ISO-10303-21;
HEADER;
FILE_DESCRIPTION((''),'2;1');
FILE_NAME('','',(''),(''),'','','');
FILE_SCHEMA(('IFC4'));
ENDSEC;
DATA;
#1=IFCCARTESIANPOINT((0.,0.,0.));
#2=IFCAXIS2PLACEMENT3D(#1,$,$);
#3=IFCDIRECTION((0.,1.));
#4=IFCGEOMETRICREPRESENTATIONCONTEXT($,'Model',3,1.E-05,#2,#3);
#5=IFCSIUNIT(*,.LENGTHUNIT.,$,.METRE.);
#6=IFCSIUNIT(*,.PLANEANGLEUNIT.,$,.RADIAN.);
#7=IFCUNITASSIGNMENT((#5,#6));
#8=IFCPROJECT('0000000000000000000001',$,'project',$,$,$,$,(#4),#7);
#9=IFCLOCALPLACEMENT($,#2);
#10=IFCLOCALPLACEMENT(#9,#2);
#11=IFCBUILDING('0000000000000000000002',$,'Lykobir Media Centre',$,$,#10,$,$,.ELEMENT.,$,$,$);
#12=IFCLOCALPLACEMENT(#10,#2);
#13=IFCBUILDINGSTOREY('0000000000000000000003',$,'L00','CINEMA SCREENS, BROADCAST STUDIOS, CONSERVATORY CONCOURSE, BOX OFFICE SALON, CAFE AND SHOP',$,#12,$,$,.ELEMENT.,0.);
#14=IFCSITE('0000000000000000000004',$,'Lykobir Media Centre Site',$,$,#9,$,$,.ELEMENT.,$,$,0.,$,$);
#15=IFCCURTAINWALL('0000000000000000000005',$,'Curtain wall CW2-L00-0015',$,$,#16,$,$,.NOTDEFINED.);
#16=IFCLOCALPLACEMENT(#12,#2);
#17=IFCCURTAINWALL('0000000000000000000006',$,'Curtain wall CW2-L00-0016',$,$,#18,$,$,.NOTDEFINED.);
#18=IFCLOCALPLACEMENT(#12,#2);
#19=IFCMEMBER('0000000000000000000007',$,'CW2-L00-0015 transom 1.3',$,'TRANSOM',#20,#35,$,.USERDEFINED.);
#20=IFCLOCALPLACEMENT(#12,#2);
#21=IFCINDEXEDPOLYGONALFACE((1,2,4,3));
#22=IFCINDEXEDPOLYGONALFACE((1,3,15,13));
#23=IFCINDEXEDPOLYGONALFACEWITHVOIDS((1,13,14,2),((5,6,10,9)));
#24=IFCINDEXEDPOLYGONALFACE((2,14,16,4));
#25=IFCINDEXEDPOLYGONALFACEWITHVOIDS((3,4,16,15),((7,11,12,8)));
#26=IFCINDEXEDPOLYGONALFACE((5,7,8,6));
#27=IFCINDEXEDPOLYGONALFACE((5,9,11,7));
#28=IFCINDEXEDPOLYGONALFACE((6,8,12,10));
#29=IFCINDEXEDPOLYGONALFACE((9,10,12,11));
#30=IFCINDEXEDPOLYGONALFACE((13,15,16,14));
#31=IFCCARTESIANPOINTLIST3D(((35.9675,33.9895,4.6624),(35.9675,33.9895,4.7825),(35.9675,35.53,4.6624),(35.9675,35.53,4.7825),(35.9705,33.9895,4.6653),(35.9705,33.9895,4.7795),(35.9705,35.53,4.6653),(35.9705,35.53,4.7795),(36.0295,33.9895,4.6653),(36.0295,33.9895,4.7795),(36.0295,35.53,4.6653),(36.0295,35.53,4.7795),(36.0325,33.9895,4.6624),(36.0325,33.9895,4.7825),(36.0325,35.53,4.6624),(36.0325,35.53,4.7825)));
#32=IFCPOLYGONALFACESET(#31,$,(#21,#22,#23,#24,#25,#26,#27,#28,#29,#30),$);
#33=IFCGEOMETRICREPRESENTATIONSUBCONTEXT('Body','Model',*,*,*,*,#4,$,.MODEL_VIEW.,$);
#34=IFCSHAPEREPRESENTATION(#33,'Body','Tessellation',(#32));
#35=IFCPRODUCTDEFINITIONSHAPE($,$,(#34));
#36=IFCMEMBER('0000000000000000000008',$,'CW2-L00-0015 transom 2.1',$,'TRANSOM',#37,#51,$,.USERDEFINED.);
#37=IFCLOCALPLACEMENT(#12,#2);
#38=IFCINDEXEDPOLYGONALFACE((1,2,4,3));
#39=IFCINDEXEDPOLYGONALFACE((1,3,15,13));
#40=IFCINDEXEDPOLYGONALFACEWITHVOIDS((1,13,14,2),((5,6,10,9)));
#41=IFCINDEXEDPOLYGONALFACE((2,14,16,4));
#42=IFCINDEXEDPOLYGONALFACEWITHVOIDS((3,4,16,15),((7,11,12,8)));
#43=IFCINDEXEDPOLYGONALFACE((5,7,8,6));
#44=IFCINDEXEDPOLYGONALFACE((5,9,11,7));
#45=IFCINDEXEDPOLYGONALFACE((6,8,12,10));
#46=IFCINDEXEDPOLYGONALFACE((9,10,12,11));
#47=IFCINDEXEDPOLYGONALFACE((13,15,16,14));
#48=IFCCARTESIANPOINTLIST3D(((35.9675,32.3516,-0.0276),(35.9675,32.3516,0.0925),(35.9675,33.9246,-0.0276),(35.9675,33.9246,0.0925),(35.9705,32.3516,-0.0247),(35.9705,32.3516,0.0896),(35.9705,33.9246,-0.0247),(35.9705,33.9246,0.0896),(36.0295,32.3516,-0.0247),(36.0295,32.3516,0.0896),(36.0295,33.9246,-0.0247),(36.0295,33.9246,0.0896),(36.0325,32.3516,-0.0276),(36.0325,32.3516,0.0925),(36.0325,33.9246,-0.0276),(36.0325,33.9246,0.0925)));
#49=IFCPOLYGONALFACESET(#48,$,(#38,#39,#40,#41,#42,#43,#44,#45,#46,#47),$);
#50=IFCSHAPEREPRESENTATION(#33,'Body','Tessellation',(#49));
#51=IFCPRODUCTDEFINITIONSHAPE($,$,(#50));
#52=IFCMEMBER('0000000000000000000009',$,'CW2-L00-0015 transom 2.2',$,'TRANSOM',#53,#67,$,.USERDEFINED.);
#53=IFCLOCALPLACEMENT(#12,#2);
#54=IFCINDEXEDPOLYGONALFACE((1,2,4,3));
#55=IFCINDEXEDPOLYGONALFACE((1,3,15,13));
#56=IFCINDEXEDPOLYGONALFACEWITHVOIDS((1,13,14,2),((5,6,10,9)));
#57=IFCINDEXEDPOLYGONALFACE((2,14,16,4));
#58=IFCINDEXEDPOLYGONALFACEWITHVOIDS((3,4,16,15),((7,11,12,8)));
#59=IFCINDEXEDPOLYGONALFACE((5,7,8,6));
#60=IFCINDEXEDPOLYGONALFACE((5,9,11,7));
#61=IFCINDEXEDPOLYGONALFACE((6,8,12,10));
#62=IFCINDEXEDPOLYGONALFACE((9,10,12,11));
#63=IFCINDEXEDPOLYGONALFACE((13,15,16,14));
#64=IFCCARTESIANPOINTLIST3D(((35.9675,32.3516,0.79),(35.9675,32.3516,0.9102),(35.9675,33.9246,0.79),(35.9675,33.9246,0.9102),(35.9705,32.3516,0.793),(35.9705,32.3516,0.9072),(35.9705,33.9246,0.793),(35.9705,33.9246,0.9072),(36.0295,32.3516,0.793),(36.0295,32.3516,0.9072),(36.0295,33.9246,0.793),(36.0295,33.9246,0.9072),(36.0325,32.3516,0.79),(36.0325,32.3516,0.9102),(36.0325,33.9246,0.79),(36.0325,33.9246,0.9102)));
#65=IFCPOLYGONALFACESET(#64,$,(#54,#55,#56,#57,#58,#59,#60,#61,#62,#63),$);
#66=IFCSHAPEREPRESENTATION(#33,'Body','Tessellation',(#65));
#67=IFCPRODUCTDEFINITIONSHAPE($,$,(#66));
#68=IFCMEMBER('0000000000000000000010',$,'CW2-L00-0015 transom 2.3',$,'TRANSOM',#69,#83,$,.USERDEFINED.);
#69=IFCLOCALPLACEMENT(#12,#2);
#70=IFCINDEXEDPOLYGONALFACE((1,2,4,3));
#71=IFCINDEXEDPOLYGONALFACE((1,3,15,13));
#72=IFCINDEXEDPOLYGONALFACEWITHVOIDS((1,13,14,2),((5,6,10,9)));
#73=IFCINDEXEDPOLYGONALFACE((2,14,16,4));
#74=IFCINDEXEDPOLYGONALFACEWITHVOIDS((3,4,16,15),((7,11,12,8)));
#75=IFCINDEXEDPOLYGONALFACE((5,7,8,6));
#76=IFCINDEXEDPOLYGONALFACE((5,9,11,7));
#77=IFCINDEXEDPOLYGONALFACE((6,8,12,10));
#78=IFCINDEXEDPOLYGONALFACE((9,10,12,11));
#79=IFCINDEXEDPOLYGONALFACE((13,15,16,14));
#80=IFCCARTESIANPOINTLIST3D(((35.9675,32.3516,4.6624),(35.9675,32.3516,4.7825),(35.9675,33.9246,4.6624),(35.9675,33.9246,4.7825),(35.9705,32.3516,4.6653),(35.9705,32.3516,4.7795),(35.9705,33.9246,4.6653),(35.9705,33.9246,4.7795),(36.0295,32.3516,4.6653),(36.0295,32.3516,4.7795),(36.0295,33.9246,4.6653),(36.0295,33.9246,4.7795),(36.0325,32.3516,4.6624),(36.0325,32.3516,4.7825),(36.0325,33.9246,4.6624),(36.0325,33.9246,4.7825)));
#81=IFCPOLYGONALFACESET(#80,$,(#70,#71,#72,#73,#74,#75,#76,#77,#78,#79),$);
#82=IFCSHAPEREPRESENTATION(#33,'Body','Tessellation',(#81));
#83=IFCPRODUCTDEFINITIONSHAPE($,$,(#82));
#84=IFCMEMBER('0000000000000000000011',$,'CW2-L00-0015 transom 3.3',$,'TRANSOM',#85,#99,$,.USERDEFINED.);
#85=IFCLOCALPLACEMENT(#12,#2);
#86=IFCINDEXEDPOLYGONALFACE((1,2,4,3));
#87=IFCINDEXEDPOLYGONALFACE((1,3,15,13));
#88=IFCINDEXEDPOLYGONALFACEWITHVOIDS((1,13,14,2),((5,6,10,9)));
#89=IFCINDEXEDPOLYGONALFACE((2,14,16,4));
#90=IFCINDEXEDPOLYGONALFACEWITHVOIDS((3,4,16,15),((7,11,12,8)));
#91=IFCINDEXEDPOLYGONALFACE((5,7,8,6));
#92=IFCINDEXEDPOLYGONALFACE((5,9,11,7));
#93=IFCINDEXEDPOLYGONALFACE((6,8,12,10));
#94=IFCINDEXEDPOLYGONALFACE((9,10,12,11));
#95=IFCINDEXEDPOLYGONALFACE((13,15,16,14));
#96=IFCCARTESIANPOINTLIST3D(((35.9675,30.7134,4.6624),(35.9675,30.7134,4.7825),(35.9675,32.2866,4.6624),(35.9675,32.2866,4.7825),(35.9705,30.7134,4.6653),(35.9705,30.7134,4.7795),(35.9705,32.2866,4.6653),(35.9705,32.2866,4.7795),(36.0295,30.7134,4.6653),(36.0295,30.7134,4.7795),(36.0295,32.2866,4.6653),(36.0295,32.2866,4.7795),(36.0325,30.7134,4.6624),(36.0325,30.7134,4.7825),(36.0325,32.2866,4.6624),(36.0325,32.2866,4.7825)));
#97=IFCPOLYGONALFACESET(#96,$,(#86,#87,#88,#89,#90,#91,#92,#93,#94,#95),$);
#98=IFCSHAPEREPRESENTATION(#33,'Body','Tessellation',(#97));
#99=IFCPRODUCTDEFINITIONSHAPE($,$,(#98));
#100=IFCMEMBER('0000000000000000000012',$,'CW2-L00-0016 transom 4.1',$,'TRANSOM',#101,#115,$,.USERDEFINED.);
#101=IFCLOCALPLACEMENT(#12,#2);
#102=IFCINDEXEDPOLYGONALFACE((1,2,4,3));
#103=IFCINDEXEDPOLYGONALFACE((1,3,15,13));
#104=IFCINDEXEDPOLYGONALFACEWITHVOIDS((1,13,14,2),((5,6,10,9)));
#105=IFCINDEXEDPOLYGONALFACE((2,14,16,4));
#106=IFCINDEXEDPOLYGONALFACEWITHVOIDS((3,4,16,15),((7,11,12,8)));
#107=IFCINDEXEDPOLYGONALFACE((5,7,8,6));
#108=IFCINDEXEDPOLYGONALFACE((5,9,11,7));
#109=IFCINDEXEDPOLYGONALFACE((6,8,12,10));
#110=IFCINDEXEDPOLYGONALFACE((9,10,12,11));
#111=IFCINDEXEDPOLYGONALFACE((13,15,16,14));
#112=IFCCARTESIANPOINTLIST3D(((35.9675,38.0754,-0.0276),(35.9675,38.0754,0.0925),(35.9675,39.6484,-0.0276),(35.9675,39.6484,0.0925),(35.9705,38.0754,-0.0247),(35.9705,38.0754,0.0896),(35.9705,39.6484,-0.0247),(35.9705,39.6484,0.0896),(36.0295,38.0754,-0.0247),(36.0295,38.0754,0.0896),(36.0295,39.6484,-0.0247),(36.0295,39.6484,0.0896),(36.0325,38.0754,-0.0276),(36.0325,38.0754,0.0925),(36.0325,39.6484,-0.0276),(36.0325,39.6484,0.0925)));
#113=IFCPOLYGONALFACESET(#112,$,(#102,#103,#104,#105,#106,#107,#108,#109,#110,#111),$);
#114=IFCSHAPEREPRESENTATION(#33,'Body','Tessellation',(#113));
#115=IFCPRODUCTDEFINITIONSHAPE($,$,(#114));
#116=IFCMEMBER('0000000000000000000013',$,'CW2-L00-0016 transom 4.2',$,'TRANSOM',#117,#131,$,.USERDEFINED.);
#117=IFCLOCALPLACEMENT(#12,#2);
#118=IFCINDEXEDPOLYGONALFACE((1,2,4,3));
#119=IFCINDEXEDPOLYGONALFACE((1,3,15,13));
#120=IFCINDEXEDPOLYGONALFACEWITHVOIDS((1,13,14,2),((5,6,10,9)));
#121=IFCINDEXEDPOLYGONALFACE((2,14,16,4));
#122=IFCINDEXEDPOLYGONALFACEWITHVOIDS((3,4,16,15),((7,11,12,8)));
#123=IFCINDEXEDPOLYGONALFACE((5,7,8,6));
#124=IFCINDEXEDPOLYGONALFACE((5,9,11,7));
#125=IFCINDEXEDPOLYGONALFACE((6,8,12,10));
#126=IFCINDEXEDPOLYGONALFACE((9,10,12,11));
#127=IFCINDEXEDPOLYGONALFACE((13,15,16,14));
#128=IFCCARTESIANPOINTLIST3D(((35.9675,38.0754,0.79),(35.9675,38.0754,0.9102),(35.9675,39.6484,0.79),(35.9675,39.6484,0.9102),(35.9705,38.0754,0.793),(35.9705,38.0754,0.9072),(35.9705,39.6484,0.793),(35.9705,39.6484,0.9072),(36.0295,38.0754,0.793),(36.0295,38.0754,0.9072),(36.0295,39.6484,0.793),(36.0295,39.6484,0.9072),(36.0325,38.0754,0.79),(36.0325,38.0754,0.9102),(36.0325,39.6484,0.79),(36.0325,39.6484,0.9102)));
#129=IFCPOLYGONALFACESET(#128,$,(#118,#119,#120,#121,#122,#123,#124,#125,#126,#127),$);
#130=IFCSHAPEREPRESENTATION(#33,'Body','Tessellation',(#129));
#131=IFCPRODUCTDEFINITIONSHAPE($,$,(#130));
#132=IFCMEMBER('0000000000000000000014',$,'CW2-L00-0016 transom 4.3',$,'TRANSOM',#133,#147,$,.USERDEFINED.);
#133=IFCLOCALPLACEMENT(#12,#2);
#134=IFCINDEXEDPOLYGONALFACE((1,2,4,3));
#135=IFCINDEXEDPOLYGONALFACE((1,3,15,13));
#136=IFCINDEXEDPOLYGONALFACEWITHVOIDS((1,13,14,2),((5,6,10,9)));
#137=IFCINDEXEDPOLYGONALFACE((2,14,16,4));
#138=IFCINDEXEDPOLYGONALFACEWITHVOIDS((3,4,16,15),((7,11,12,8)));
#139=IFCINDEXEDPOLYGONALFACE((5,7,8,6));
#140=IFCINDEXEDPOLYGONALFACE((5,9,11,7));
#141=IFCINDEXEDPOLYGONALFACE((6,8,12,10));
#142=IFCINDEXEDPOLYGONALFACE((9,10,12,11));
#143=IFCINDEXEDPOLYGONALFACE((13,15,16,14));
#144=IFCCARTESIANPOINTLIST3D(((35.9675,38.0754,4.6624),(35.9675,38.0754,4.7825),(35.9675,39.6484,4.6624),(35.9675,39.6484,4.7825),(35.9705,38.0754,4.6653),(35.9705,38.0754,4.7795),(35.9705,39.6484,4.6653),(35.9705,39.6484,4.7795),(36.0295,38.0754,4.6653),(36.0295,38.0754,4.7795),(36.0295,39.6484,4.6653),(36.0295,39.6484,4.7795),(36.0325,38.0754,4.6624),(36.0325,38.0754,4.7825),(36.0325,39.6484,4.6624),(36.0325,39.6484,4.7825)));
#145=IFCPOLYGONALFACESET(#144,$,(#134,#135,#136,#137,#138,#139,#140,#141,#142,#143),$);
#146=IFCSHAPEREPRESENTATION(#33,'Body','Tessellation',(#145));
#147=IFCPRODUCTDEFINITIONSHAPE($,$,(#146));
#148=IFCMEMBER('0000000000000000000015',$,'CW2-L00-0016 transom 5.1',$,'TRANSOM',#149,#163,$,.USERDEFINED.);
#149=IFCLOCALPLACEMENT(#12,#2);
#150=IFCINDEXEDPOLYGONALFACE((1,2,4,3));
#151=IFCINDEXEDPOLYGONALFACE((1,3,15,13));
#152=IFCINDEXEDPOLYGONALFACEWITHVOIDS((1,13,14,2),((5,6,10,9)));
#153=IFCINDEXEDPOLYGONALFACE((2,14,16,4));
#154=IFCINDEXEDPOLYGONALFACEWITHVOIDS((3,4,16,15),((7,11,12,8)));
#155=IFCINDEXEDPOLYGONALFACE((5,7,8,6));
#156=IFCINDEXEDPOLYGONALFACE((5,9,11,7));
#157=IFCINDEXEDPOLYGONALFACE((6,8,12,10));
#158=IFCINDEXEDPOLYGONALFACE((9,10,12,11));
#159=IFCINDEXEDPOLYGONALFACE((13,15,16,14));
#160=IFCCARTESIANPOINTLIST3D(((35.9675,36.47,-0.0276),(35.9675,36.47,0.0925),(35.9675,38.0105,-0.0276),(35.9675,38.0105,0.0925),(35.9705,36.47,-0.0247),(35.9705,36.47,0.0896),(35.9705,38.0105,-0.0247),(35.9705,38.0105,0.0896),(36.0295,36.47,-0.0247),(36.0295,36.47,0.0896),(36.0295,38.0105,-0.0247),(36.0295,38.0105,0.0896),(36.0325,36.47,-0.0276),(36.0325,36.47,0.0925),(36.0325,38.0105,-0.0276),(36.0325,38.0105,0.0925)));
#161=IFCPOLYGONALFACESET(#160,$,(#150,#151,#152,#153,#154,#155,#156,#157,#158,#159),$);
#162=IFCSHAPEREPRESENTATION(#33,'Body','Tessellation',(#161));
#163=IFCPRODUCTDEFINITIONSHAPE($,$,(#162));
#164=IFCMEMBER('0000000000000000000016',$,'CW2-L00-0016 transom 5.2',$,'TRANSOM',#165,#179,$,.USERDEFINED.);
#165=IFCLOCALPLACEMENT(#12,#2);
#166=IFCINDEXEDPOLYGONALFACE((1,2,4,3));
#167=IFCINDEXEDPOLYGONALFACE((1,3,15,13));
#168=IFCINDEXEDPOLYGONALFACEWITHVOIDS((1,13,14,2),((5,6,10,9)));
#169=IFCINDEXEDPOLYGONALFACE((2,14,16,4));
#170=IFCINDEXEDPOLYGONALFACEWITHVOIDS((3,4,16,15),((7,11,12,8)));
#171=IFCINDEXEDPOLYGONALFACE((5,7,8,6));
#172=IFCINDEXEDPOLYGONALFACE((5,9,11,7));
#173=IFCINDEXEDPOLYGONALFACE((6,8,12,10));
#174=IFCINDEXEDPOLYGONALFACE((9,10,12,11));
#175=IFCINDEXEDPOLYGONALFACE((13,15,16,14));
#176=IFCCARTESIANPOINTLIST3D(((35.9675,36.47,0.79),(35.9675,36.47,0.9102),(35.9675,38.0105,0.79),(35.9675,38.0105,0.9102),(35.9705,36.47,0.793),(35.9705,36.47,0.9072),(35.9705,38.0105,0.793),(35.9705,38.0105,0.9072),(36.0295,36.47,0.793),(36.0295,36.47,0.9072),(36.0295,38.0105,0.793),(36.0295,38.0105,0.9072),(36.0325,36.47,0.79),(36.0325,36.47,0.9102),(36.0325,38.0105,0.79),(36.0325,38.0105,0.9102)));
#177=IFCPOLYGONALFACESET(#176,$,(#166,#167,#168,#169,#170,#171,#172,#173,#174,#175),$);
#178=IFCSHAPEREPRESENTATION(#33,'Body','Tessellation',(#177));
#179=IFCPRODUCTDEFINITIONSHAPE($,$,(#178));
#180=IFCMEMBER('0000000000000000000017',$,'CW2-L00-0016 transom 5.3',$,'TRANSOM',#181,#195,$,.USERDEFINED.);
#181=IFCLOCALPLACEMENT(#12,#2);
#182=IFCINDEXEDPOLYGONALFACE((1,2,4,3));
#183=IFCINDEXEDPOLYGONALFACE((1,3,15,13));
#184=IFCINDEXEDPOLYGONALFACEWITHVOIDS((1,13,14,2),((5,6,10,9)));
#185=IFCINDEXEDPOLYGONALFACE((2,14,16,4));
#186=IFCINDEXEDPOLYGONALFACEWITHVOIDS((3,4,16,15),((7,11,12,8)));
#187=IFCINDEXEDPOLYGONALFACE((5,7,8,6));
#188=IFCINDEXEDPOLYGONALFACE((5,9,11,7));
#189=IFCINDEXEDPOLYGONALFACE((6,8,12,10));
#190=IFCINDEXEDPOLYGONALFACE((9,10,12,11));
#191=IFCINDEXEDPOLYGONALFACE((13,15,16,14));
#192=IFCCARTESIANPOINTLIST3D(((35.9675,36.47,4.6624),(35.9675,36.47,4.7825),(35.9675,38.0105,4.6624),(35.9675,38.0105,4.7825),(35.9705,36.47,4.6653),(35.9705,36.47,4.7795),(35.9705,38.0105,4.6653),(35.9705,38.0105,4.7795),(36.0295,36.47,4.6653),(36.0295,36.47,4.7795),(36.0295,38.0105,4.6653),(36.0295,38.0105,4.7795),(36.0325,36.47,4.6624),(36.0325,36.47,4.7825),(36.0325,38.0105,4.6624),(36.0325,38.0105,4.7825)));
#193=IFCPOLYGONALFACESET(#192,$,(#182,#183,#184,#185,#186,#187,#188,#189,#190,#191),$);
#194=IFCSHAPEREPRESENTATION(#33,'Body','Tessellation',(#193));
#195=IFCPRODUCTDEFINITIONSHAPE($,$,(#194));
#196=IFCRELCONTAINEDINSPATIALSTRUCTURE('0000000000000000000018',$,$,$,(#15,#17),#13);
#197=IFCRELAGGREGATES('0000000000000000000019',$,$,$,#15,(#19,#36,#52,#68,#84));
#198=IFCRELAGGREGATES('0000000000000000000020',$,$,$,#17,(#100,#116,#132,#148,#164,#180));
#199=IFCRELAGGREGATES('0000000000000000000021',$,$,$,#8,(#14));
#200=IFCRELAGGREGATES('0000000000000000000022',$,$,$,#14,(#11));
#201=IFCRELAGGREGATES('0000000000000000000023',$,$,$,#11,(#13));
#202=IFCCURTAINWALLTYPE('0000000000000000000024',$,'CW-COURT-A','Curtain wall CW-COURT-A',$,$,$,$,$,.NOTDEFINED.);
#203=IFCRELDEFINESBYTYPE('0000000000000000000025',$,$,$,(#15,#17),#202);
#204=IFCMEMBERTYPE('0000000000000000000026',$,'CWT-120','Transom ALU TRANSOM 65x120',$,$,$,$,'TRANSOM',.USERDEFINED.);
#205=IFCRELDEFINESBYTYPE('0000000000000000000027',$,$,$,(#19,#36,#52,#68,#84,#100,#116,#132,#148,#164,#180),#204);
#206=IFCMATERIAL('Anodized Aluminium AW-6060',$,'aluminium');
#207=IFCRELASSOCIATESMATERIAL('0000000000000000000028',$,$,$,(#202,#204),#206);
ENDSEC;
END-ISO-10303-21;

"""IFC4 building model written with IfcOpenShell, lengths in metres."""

from ifc_helpers import new_model, si_unit, direction, frame, origin, origin_2d, place, context, subcontext, project, spatial, hollow_rectangle, extrude, material, material_profile, profile_set, type_object, element, aggregate, save


model = new_model("IFC4")

# Units and contexts
model_context = context("Model", 3, precision=1e-05, world=origin(), true_north=direction((0.0, 1.0)))
body_context = subcontext(model_context, "Body", "Model", "MODEL_VIEW")
ifc_project = project(units=[si_unit("LENGTHUNIT", "METRE"), si_unit("PLANEANGLEUNIT", "RADIAN")], contexts=[model_context])

# Site, building, storey
site_placement = place(None, origin())
site = spatial("IfcSite", under=ifc_project, at=site_placement, Name="Lykobir Media Centre Site", CompositionType="ELEMENT", RefElevation=0.0)
building_placement = place(site_placement, origin())
building = spatial("IfcBuilding", under=site, at=building_placement, Name="Lykobir Media Centre", CompositionType="ELEMENT")
storey_placement = place(building_placement, origin())
storey = spatial("IfcBuildingStorey", under=building, at=storey_placement, Name="L00", Description="CINEMA SCREENS, BROADCAST STUDIOS, CONSERVATORY CONCOURSE, BOX OFFICE SALON, CAFE AND SHOP", CompositionType="ELEMENT", Elevation=0.0)

# Curtain walls
ifc_material_1 = material(Name="Anodized Aluminium AW-6060", Category="aluminium")
curtain_wall_type = type_object("IfcCurtainWallType", Name="CW-COURT-A", Description="Curtain wall CW-COURT-A", PredefinedType="NOTDEFINED", material=ifc_material_1)
curtain_wall_1_placement = place(storey_placement, origin())
curtain_wall_1 = element("IfcCurtainWall", 1, at=curtain_wall_1_placement, inside=storey, type_object=curtain_wall_type, Name="Curtain wall CW2-L00-0015", PredefinedType="NOTDEFINED")
curtain_wall_2_placement = place(storey_placement, origin())
curtain_wall_2 = element("IfcCurtainWall", 2, at=curtain_wall_2_placement, inside=storey, type_object=curtain_wall_type, Name="Curtain wall CW2-L00-0016", PredefinedType="NOTDEFINED")

# Members
ifc_material_profile_1 = material_profile(ifc_material_1, hollow_rectangle(XDim=0.0649, YDim=0.1201, WallThickness=0.0029, at=origin_2d()), Name="ALU TRANSOM 65x120")
ifc_profile_set_1 = profile_set([ifc_material_profile_1], Name="Anodized Aluminium AW-6060")
member_type_1 = type_object("IfcMemberType", Name="CWT-120", Description="Transom ALU TRANSOM 65x120", ElementType="TRANSOM", PredefinedType="USERDEFINED", material=ifc_profile_set_1)
member_1_placement = place(storey_placement, frame((36.0, 35.53, 4.7224), z_axis=(0.0, -1.0, 0.0), x_axis=(1.0, 0.0, 0.0)))
member_1 = element("IfcMember", 3, at=member_1_placement, type_object=member_type_1, Name="CW2-L00-0015 transom 1.3", ObjectType="TRANSOM", PredefinedType="USERDEFINED", context=body_context, shape_type="SweptSolid", body=[
    extrude(hollow_rectangle(XDim=0.0649, YDim=0.1201, WallThickness=0.0029, at=origin_2d()), origin(), (0.0, 0.0, 1.0), 1.5405),
])
member_2_placement = place(storey_placement, frame((36.0, 33.9246, 0.0325), z_axis=(0.0, -1.0, 0.0), x_axis=(1.0, 0.0, 0.0)))
member_2 = element("IfcMember", 4, at=member_2_placement, type_object=member_type_1, Name="CW2-L00-0015 transom 2.1", ObjectType="TRANSOM", PredefinedType="USERDEFINED", context=body_context, shape_type="SweptSolid", body=[
    extrude(hollow_rectangle(XDim=0.0649, YDim=0.1201, WallThickness=0.0029, at=origin_2d()), origin(), (0.0, 0.0, 1.0), 1.573),
])
member_3_placement = place(storey_placement, frame((36.0, 33.9246, 0.8501), z_axis=(0.0, -1.0, 0.0), x_axis=(1.0, 0.0, 0.0)))
member_3 = element("IfcMember", 5, at=member_3_placement, type_object=member_type_1, Name="CW2-L00-0015 transom 2.2", ObjectType="TRANSOM", PredefinedType="USERDEFINED", context=body_context, shape_type="SweptSolid", body=[
    extrude(hollow_rectangle(XDim=0.0649, YDim=0.1201, WallThickness=0.0029, at=origin_2d()), origin(), (0.0, 0.0, 1.0), 1.573),
])
member_4_placement = place(storey_placement, frame((36.0, 33.9246, 4.7224), z_axis=(0.0, -1.0, 0.0), x_axis=(1.0, 0.0, 0.0)))
member_4 = element("IfcMember", 6, at=member_4_placement, type_object=member_type_1, Name="CW2-L00-0015 transom 2.3", ObjectType="TRANSOM", PredefinedType="USERDEFINED", context=body_context, shape_type="SweptSolid", body=[
    extrude(hollow_rectangle(XDim=0.0649, YDim=0.1201, WallThickness=0.0029, at=origin_2d()), origin(), (0.0, 0.0, 1.0), 1.573),
])
member_5_placement = place(storey_placement, frame((36.0, 32.2866, 4.7224), z_axis=(0.0, -1.0, 0.0), x_axis=(1.0, 0.0, 0.0)))
member_5 = element("IfcMember", 7, at=member_5_placement, type_object=member_type_1, Name="CW2-L00-0015 transom 3.3", ObjectType="TRANSOM", PredefinedType="USERDEFINED", context=body_context, shape_type="SweptSolid", body=[
    extrude(hollow_rectangle(XDim=0.0649, YDim=0.1201, WallThickness=0.0029, at=origin_2d()), origin(), (0.0, 0.0, 1.0), 1.5732),
])
member_6_placement = place(storey_placement, frame((36.0, 39.6484, 0.0325), z_axis=(0.0, -1.0, 0.0), x_axis=(1.0, 0.0, 0.0)))
member_6 = element("IfcMember", 8, at=member_6_placement, type_object=member_type_1, Name="CW2-L00-0016 transom 4.1", ObjectType="TRANSOM", PredefinedType="USERDEFINED", context=body_context, shape_type="SweptSolid", body=[
    extrude(hollow_rectangle(XDim=0.0649, YDim=0.1201, WallThickness=0.0029, at=origin_2d()), origin(), (0.0, 0.0, 1.0), 1.573),
])
member_7_placement = place(storey_placement, frame((36.0, 39.6484, 0.8501), z_axis=(0.0, -1.0, 0.0), x_axis=(1.0, 0.0, 0.0)))
member_7 = element("IfcMember", 9, at=member_7_placement, type_object=member_type_1, Name="CW2-L00-0016 transom 4.2", ObjectType="TRANSOM", PredefinedType="USERDEFINED", context=body_context, shape_type="SweptSolid", body=[
    extrude(hollow_rectangle(XDim=0.0649, YDim=0.1201, WallThickness=0.0029, at=origin_2d()), origin(), (0.0, 0.0, 1.0), 1.573),
])
member_8_placement = place(storey_placement, frame((36.0, 39.6484, 4.7224), z_axis=(0.0, -1.0, 0.0), x_axis=(1.0, 0.0, 0.0)))
member_8 = element("IfcMember", 10, at=member_8_placement, type_object=member_type_1, Name="CW2-L00-0016 transom 4.3", ObjectType="TRANSOM", PredefinedType="USERDEFINED", context=body_context, shape_type="SweptSolid", body=[
    extrude(hollow_rectangle(XDim=0.0649, YDim=0.1201, WallThickness=0.0029, at=origin_2d()), origin(), (0.0, 0.0, 1.0), 1.573),
])
member_9_placement = place(storey_placement, frame((36.0, 38.0105, 0.0325), z_axis=(0.0, -1.0, 0.0), x_axis=(1.0, 0.0, 0.0)))
member_9 = element("IfcMember", 11, at=member_9_placement, type_object=member_type_1, Name="CW2-L00-0016 transom 5.1", ObjectType="TRANSOM", PredefinedType="USERDEFINED", context=body_context, shape_type="SweptSolid", body=[
    extrude(hollow_rectangle(XDim=0.0649, YDim=0.1201, WallThickness=0.0029, at=origin_2d()), origin(), (0.0, 0.0, 1.0), 1.5405),
])
member_10_placement = place(storey_placement, frame((36.0, 38.0105, 0.8501), z_axis=(0.0, -1.0, 0.0), x_axis=(1.0, 0.0, 0.0)))
member_10 = element("IfcMember", 12, at=member_10_placement, type_object=member_type_1, Name="CW2-L00-0016 transom 5.2", ObjectType="TRANSOM", PredefinedType="USERDEFINED", context=body_context, shape_type="SweptSolid", body=[
    extrude(hollow_rectangle(XDim=0.0649, YDim=0.1201, WallThickness=0.0029, at=origin_2d()), origin(), (0.0, 0.0, 1.0), 1.5405),
])
member_11_placement = place(storey_placement, frame((36.0, 38.0105, 4.7224), z_axis=(0.0, -1.0, 0.0), x_axis=(1.0, 0.0, 0.0)))
member_11 = element("IfcMember", 13, at=member_11_placement, type_object=member_type_1, Name="CW2-L00-0016 transom 5.3", ObjectType="TRANSOM", PredefinedType="USERDEFINED", context=body_context, shape_type="SweptSolid", body=[
    extrude(hollow_rectangle(XDim=0.0649, YDim=0.1201, WallThickness=0.0029, at=origin_2d()), origin(), (0.0, 0.0, 1.0), 1.5405),
])

aggregate(curtain_wall_1, [member_1, member_2, member_3, member_4, member_5])
aggregate(curtain_wall_2, [member_6, member_7, member_8, member_9, member_10, member_11])

save(model, "model.ifc")
